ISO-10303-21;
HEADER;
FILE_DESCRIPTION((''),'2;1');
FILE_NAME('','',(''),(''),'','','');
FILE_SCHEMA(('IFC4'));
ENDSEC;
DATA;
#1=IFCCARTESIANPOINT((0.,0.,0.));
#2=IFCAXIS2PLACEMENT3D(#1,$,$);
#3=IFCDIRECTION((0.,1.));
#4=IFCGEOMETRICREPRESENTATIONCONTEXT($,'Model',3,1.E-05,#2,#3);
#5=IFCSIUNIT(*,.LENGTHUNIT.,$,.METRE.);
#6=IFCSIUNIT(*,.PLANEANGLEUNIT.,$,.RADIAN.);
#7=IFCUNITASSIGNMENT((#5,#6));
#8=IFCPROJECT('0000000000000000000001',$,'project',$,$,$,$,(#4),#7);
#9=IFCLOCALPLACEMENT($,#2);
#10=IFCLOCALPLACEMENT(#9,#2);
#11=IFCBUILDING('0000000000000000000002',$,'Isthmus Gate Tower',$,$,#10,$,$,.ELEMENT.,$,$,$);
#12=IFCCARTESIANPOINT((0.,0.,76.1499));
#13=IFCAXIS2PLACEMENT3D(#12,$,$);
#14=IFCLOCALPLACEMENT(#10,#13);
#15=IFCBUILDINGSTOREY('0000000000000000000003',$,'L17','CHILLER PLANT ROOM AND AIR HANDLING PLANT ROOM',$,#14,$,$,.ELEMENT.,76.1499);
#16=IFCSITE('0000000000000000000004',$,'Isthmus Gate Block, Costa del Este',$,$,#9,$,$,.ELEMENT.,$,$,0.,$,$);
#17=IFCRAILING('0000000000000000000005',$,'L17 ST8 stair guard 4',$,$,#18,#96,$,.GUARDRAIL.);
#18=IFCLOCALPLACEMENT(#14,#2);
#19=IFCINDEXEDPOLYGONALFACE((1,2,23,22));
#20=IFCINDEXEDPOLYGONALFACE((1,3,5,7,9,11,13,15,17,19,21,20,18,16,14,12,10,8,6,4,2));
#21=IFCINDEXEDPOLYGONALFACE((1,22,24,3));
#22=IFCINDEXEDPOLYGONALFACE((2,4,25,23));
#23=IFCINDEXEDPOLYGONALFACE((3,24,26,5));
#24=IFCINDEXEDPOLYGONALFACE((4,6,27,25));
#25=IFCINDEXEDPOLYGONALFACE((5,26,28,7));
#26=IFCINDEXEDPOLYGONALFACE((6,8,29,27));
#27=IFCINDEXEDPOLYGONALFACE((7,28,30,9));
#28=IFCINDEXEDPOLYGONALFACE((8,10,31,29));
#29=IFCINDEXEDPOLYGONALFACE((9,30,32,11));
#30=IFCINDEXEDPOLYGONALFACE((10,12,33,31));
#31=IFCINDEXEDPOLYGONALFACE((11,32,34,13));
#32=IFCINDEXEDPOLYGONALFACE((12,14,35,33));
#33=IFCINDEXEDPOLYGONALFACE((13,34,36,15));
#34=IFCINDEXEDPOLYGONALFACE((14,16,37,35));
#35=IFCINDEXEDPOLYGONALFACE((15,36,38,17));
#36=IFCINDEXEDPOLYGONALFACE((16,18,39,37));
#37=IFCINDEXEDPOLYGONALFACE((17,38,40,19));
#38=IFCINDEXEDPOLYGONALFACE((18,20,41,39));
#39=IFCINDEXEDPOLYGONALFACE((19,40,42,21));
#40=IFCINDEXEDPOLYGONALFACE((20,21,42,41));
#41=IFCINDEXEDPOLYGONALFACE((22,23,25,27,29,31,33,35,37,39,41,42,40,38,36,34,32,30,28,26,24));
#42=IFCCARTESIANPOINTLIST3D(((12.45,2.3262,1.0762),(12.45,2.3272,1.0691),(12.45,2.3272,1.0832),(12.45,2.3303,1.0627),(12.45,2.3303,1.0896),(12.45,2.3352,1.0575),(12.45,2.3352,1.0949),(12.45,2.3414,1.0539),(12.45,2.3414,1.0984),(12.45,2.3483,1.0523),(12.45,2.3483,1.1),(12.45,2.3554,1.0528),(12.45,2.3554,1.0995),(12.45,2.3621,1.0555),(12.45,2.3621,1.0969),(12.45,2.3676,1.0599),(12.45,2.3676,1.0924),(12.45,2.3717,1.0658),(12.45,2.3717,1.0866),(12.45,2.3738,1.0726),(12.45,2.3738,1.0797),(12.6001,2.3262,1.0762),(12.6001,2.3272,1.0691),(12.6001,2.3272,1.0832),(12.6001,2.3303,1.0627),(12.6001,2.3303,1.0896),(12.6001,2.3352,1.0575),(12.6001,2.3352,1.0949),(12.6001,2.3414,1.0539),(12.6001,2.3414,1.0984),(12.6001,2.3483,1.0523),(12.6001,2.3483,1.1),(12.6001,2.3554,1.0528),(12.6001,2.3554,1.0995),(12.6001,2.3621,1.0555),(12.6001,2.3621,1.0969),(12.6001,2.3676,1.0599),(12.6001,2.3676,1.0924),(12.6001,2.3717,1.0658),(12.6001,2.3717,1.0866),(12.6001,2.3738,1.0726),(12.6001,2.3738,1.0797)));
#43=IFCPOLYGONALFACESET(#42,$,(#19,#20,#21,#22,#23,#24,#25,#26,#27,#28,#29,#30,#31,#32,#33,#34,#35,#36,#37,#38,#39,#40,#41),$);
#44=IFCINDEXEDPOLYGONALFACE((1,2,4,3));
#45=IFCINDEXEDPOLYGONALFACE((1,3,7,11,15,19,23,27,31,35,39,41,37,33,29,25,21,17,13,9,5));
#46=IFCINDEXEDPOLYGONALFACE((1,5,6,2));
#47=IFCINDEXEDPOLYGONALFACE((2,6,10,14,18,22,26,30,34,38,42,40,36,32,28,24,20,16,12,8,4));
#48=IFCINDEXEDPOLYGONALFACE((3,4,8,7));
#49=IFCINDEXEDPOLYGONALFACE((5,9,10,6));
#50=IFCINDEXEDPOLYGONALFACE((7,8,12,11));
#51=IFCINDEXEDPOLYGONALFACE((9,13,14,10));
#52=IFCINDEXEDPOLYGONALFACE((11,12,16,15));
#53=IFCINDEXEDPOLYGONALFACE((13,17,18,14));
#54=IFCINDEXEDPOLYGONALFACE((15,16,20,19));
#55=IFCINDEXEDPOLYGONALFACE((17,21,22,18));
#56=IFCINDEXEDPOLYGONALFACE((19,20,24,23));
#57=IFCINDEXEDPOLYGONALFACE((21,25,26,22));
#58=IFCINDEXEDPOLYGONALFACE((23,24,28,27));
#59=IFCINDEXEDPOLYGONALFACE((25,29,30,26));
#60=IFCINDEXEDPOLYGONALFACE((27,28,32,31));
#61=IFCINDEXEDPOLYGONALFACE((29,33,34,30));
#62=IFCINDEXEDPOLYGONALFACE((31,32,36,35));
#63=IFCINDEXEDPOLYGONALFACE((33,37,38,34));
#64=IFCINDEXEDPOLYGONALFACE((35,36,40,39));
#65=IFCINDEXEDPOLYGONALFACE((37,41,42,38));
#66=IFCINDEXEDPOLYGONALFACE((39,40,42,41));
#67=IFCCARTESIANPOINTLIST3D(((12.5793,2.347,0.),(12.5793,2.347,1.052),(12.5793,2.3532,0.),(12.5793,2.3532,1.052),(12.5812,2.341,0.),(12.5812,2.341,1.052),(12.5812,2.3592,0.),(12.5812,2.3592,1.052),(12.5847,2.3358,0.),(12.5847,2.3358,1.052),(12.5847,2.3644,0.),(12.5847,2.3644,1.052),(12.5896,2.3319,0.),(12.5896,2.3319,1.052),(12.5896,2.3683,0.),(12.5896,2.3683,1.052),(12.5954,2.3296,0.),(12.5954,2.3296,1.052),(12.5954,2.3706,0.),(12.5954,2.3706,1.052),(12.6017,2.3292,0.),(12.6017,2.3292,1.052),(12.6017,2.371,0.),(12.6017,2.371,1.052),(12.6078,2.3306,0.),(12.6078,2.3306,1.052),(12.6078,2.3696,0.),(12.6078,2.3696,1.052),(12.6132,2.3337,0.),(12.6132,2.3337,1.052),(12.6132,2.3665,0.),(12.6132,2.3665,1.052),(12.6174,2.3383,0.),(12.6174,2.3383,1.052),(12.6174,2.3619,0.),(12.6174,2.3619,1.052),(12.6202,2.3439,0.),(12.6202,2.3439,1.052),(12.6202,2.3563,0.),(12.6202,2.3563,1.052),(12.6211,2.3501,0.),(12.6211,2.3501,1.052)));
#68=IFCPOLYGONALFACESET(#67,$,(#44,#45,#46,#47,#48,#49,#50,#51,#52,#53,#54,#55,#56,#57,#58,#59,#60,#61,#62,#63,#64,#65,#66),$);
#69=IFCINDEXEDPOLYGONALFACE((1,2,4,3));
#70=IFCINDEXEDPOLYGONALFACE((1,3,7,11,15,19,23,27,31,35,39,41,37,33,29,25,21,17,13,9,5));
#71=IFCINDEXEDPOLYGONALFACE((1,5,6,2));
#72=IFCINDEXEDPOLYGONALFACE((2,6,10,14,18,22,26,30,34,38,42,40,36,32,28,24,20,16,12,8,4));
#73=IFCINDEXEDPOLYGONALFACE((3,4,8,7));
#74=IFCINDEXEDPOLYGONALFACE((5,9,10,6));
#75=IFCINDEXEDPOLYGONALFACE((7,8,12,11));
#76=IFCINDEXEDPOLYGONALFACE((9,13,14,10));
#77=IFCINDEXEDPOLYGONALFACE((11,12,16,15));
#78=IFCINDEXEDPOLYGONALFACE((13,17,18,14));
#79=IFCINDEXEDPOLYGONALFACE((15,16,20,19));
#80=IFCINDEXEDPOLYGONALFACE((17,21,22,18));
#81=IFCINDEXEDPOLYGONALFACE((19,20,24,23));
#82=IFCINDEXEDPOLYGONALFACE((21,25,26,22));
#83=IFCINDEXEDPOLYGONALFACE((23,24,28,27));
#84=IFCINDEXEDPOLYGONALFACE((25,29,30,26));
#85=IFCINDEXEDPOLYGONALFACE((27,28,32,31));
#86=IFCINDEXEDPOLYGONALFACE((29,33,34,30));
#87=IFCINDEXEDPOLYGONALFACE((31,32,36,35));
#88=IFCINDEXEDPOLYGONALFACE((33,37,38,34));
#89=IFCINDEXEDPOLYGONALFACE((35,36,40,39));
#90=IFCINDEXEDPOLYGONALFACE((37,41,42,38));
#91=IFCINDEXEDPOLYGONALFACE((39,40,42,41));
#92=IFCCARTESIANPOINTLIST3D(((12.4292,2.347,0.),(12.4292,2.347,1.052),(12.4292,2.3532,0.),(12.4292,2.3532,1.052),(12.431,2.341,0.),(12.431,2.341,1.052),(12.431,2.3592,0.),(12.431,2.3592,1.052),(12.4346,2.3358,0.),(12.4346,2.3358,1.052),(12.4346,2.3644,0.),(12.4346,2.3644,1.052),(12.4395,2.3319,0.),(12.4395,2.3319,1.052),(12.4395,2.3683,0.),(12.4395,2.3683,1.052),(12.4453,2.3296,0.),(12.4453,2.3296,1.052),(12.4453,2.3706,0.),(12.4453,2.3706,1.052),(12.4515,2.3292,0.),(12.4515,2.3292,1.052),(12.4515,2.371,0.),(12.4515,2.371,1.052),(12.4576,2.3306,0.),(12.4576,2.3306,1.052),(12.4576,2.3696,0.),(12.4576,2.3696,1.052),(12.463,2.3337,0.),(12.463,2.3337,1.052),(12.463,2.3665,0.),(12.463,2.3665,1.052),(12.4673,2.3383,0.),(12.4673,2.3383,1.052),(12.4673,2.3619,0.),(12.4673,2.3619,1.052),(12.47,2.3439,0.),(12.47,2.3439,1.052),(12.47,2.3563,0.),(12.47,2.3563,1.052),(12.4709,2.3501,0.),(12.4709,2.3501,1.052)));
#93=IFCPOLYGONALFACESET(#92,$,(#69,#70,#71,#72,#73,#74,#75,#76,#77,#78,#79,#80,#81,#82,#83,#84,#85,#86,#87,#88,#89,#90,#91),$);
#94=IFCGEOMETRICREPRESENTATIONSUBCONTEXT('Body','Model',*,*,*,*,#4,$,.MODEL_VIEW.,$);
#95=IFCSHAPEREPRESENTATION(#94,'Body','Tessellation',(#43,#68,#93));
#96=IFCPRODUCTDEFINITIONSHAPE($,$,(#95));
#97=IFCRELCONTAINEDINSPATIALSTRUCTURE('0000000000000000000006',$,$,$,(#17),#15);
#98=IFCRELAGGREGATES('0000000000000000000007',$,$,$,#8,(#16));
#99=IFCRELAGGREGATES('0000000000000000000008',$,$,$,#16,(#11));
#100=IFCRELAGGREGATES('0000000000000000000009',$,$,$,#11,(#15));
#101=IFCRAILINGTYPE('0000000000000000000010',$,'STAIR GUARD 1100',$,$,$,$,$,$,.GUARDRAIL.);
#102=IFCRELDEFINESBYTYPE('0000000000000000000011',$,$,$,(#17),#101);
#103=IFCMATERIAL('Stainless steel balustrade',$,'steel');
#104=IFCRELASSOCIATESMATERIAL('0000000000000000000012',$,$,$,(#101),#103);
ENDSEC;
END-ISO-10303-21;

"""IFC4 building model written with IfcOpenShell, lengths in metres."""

from ifc_helpers import new_model, si_unit, direction, frame, origin, origin_2d, place, context, subcontext, project, spatial, circle, extrude, material, type_object, element, save


model = new_model("IFC4")

# Units and contexts
model_context = context("Model", 3, precision=1e-05, world=origin(), true_north=direction((0.0, 1.0)))
body_context = subcontext(model_context, "Body", "Model", "MODEL_VIEW")
ifc_project = project(units=[si_unit("LENGTHUNIT", "METRE"), si_unit("PLANEANGLEUNIT", "RADIAN")], contexts=[model_context])

# Site, building, storey
site_placement = place(None, origin())
site = spatial("IfcSite", under=ifc_project, at=site_placement, Name="Isthmus Gate Block, Costa del Este", CompositionType="ELEMENT", RefElevation=0.0)
building_placement = place(site_placement, origin())
building = spatial("IfcBuilding", under=site, at=building_placement, Name="Isthmus Gate Tower", CompositionType="ELEMENT")
storey_placement = place(building_placement, frame((0.0, 0.0, 76.1499)))
storey = spatial("IfcBuildingStorey", under=building, at=storey_placement, Name="L17", Description="CHILLER PLANT ROOM AND AIR HANDLING PLANT ROOM", CompositionType="ELEMENT", Elevation=76.1499)

# Railing
ifc_material_1 = material(Name="Stainless steel balustrade", Category="steel")
railing_type_1 = type_object("IfcRailingType", Name="STAIR GUARD 1100", PredefinedType="GUARDRAIL", material=ifc_material_1)
railing_1_placement = place(storey_placement, frame((12.6001, 2.3501, 0.0)))
element("IfcRailing", 1, at=railing_1_placement, inside=storey, type_object=railing_type_1, Name="L17 ST8 stair guard 4", PredefinedType="GUARDRAIL", context=body_context, shape_type="SweptSolid", body=[
    extrude(circle(Radius=0.0239, at=origin_2d()), frame((0.0, 0.0, 1.0762), z_axis=(-1.0, 0.0, 0.0), x_axis=(0.0, -1.0, 0.0)), (0.0, 0.0, 1.0), 0.1501),
    extrude(circle(Radius=0.021, at=origin_2d()), origin(), (0.0, 0.0, 1.0), 1.052),
    extrude(circle(Radius=0.021, at=origin_2d()), frame((-0.1501, 0.0, 0.0)), (0.0, 0.0, 1.0), 1.052),
])

save(model, "model.ifc")
